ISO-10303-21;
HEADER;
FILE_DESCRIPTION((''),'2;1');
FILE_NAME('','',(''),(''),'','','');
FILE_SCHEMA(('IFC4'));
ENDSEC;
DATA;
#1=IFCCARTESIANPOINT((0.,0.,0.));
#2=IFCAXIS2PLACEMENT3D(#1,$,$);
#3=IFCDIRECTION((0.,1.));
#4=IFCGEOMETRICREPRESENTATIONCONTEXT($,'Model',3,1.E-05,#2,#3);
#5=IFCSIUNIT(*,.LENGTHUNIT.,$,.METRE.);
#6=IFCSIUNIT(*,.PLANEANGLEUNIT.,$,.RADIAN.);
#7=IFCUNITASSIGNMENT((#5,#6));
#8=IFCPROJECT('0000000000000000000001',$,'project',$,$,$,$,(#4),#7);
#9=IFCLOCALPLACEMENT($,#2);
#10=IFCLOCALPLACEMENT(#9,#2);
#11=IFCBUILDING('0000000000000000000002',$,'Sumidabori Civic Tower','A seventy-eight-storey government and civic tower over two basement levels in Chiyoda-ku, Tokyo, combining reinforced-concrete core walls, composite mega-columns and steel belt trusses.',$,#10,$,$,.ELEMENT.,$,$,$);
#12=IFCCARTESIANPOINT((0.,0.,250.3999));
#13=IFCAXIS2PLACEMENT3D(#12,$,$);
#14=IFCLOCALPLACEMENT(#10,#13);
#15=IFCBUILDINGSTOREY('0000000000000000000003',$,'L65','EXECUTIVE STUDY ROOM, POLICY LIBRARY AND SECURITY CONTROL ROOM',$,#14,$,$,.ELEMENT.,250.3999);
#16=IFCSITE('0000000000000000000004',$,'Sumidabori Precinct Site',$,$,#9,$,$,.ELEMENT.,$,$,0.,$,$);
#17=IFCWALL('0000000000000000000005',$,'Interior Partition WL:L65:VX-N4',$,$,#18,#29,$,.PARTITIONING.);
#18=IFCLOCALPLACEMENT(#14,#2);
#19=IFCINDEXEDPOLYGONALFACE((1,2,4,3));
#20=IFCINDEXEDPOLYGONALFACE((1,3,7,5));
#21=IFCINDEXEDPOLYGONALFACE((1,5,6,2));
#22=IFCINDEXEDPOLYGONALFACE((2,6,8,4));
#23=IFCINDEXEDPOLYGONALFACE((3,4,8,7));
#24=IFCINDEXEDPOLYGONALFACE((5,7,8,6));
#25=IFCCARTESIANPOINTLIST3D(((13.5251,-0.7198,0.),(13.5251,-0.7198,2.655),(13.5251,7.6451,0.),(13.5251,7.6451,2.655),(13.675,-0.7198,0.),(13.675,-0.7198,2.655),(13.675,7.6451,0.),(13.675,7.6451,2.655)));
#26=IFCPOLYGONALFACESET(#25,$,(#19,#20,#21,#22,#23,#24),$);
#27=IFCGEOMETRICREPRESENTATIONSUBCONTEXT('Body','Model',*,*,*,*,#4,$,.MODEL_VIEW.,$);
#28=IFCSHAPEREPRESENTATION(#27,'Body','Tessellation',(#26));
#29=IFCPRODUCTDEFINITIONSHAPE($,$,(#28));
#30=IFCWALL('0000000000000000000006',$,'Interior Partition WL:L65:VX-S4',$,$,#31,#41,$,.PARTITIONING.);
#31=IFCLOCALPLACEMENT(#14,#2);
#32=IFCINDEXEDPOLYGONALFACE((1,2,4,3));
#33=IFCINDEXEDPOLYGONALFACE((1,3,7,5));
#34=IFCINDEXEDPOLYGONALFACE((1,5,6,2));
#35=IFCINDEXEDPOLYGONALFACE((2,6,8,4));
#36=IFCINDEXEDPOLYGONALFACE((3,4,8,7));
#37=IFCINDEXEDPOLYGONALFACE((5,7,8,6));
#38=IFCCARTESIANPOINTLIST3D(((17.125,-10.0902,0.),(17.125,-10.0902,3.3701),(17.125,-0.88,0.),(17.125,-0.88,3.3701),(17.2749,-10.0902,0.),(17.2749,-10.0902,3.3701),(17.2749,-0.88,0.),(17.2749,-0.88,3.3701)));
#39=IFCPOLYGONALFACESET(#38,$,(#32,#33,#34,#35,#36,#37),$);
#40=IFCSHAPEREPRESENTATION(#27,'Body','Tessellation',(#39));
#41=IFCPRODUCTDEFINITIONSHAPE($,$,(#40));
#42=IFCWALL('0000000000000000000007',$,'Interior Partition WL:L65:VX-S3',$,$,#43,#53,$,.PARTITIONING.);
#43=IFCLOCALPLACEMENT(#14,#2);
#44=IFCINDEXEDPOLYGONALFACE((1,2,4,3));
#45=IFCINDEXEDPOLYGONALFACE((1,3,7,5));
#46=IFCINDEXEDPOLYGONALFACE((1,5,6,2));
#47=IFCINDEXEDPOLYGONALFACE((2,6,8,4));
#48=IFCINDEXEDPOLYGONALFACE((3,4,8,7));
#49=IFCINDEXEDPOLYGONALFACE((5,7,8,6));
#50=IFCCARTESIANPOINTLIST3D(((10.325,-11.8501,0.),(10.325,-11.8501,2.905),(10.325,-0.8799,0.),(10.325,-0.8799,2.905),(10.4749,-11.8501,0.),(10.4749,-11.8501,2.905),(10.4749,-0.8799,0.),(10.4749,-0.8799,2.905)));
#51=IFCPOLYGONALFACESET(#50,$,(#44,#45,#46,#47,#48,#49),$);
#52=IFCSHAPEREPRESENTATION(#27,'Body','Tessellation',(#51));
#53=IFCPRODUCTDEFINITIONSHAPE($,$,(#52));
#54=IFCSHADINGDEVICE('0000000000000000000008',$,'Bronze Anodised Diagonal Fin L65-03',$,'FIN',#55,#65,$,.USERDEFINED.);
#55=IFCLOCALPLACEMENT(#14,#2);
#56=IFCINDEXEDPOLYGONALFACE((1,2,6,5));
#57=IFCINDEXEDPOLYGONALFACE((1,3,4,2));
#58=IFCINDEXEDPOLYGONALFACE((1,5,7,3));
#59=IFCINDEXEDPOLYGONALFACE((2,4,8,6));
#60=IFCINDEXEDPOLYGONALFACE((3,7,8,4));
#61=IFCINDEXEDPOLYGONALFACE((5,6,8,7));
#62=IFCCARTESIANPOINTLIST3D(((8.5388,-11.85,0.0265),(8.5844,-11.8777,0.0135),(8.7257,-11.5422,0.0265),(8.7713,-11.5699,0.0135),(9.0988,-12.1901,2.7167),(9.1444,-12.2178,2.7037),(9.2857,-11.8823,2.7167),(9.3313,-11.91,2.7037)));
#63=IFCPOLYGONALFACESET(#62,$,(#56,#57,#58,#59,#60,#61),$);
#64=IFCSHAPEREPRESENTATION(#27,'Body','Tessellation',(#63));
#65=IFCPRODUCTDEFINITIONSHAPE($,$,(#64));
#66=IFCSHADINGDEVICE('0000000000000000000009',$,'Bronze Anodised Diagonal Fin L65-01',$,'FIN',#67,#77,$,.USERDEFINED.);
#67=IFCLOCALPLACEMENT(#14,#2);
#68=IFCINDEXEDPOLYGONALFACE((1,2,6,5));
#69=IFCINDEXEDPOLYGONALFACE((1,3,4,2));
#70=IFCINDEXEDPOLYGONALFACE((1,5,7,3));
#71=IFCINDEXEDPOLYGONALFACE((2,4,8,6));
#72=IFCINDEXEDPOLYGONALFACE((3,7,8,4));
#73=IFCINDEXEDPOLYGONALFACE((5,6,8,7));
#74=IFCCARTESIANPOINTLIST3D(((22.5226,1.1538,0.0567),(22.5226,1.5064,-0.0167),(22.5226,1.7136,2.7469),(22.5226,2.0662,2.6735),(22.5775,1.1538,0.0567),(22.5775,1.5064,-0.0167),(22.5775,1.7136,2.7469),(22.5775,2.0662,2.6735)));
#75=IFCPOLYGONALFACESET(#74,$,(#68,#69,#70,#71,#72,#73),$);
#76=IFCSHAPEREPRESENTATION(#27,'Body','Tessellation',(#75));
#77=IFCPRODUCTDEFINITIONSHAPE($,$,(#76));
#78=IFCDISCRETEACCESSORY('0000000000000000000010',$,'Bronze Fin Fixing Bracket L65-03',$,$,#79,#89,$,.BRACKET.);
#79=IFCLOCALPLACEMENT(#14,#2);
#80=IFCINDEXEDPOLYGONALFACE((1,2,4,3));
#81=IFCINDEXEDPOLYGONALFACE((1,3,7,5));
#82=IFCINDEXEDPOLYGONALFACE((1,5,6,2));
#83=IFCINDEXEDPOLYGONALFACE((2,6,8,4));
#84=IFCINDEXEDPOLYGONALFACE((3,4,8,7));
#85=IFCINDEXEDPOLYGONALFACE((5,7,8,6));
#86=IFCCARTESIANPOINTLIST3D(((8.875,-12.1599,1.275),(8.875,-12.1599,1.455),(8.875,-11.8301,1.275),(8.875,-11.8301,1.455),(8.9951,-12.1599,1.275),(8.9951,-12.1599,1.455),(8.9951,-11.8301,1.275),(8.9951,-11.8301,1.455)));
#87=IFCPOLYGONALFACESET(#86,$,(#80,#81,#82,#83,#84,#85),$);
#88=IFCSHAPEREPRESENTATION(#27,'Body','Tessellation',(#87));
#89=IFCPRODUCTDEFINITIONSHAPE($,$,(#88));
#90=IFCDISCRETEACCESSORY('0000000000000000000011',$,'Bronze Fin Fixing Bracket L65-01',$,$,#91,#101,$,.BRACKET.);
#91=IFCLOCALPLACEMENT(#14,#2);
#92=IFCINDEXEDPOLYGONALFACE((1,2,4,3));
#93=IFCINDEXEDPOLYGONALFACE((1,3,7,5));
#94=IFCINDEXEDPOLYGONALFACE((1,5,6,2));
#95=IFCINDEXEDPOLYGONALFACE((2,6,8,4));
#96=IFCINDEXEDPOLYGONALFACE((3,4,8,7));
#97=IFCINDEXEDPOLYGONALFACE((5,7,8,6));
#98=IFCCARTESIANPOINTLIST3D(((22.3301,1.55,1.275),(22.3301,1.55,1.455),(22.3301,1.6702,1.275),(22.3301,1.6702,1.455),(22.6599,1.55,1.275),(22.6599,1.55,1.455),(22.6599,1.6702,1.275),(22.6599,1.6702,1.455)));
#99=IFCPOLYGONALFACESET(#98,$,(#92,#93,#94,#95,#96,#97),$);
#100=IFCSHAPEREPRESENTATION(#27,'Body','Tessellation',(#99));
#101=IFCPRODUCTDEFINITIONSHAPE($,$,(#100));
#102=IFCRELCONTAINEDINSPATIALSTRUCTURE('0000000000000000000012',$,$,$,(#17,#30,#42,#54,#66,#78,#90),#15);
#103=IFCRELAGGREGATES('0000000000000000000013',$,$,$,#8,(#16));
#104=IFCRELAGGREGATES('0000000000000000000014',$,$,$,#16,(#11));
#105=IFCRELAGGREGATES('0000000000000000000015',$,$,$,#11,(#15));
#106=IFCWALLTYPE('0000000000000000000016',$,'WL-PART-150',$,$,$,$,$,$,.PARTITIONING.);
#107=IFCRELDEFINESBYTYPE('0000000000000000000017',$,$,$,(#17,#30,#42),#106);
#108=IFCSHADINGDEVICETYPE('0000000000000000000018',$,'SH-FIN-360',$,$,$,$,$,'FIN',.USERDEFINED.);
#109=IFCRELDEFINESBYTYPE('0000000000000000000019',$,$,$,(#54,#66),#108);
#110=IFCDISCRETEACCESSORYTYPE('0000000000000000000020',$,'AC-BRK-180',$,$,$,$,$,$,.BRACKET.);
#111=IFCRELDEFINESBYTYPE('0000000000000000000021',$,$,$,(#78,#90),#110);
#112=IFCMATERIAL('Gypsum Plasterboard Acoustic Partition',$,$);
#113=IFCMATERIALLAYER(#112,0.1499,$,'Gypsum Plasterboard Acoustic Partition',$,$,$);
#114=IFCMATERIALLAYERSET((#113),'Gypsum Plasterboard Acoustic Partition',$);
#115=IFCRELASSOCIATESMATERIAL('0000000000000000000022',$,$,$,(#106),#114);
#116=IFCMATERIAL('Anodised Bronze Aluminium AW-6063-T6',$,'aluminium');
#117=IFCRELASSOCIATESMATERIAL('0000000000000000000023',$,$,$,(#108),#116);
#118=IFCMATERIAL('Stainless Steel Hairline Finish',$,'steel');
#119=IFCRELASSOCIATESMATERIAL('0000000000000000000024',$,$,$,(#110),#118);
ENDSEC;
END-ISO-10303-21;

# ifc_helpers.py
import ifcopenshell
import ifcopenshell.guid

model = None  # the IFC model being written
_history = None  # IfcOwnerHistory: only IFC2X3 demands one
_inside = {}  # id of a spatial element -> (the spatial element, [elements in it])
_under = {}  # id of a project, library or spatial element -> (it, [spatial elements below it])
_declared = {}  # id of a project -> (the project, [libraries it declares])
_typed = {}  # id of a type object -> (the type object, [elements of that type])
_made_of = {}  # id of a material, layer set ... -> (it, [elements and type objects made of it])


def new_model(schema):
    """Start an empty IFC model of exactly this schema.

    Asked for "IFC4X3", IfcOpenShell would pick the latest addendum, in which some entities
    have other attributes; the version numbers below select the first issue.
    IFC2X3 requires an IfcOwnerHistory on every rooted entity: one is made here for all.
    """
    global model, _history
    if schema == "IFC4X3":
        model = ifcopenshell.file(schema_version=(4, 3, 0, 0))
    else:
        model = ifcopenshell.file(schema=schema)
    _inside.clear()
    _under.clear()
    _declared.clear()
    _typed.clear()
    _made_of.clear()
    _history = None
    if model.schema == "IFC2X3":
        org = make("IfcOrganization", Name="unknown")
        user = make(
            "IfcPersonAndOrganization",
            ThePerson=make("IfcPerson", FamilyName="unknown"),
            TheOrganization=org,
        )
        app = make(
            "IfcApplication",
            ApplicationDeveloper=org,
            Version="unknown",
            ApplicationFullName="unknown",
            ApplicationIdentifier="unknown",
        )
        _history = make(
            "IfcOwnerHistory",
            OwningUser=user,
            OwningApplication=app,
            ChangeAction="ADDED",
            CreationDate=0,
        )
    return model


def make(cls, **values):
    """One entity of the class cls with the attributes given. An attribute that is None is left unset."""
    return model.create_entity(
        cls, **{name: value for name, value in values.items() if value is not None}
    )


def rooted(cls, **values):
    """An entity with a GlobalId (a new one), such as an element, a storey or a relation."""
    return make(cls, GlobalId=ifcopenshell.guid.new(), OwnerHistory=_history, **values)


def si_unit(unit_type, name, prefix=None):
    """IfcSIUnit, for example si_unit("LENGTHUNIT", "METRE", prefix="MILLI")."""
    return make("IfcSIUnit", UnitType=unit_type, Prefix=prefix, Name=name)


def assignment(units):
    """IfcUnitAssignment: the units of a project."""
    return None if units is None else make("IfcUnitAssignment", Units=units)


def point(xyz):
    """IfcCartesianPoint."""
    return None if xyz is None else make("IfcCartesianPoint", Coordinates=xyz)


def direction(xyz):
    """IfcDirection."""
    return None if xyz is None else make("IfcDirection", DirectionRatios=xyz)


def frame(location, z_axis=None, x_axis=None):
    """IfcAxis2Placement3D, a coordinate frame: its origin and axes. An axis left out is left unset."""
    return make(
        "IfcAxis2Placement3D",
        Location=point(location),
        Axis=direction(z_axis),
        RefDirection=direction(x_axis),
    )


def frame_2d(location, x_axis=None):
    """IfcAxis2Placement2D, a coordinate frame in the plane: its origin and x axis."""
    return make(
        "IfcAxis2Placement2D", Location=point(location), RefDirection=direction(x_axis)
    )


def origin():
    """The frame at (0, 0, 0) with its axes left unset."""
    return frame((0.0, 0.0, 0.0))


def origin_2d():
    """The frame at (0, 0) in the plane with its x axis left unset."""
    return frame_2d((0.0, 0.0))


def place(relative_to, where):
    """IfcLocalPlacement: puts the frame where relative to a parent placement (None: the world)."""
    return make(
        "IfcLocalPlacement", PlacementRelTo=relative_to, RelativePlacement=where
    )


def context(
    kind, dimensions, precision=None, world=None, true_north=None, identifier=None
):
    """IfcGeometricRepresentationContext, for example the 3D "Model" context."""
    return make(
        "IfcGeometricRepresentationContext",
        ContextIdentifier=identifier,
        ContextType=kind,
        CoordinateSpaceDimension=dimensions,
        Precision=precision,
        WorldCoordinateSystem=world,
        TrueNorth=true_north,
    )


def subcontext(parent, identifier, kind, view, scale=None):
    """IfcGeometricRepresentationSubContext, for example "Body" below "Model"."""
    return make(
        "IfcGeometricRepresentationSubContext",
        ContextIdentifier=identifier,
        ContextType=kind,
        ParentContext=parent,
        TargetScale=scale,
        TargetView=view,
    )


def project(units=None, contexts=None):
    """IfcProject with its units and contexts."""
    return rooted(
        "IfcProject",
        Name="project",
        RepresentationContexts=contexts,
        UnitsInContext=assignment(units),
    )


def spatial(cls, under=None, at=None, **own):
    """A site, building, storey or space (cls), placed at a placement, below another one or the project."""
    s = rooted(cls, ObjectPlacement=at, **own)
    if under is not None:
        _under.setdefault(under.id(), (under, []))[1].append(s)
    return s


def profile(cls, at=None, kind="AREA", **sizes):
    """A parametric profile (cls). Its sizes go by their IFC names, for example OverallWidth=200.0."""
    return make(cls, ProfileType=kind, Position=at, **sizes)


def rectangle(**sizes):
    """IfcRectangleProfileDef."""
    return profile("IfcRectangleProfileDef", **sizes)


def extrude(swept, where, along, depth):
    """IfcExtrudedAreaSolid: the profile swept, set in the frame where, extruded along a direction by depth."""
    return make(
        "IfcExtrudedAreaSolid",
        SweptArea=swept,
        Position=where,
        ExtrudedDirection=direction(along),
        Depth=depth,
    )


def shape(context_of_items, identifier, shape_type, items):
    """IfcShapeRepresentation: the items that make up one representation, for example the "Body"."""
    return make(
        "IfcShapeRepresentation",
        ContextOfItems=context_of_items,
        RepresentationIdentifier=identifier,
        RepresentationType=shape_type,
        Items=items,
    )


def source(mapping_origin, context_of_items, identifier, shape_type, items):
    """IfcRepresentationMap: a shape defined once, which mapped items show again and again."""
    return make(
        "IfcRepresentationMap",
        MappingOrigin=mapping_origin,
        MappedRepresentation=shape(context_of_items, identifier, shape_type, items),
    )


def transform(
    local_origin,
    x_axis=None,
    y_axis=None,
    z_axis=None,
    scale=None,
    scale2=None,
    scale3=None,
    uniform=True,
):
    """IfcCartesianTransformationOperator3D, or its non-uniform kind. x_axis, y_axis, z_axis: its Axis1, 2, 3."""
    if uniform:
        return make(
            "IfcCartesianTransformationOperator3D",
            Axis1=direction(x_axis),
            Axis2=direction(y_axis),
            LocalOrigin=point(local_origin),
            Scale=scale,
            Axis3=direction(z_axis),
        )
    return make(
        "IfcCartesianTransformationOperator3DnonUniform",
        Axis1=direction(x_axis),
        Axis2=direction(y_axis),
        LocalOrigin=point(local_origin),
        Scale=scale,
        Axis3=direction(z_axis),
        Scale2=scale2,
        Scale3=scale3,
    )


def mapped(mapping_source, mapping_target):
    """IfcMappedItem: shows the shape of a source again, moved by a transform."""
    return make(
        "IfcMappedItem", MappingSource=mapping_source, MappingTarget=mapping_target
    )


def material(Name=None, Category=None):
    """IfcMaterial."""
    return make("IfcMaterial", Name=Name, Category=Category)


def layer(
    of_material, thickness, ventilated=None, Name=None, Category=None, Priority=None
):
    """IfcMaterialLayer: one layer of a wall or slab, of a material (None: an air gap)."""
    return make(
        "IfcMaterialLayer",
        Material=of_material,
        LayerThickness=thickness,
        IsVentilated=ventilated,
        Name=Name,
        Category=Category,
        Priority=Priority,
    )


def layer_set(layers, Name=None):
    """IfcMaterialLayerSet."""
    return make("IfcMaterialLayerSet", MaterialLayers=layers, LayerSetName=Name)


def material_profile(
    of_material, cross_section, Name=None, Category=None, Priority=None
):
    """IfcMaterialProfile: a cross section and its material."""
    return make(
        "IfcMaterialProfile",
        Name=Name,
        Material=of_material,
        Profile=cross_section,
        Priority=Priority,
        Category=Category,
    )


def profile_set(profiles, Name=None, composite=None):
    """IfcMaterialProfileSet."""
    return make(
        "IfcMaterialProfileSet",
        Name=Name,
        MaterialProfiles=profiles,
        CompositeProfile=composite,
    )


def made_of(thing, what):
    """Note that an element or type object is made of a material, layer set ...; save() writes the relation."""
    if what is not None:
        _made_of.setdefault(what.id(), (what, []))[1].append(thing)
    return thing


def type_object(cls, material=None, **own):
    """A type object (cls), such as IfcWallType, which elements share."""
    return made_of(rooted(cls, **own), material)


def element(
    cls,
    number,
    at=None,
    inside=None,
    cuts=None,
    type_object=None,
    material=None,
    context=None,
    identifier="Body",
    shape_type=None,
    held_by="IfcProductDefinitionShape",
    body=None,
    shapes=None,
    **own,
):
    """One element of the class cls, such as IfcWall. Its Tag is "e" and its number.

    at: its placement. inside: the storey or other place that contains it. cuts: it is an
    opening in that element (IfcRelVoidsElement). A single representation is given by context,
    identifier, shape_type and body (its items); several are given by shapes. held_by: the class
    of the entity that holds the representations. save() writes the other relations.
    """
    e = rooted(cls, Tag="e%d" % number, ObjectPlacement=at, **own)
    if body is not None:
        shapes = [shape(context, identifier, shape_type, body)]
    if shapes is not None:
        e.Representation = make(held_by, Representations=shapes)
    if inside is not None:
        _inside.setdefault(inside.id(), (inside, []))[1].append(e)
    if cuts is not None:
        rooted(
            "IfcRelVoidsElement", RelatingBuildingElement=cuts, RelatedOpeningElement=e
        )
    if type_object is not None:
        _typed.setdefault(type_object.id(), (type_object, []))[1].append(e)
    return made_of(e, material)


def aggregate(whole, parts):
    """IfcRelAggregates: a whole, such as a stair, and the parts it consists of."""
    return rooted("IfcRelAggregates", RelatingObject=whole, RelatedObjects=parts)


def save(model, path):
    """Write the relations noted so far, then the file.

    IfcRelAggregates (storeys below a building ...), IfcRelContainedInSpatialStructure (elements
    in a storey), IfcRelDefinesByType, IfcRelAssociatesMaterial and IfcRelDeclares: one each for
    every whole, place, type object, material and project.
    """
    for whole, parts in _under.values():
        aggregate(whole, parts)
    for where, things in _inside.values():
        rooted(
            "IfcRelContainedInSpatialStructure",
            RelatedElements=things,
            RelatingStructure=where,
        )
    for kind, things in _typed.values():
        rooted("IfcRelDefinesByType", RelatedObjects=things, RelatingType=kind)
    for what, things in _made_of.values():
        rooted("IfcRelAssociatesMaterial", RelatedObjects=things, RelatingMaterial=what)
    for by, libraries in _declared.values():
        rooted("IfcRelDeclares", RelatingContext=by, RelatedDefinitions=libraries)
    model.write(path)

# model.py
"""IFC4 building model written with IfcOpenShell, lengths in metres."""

from ifc_helpers import new_model, si_unit, direction, frame, frame_2d, origin, origin_2d, place, context, subcontext, project, spatial, rectangle, extrude, source, transform, mapped, material, layer, layer_set, material_profile, profile_set, type_object, element, save


model = new_model("IFC4")

# Units and contexts
model_context = context("Model", 3, precision=1e-05, world=origin(), true_north=direction((0.0, 1.0)))
body_context = subcontext(model_context, "Body", "Model", "MODEL_VIEW")
ifc_project = project(units=[si_unit("LENGTHUNIT", "METRE"), si_unit("PLANEANGLEUNIT", "RADIAN")], contexts=[model_context])

# Site, building, storey
site_placement = place(None, origin())
site = spatial("IfcSite", under=ifc_project, at=site_placement, Name="Sumidabori Precinct Site", CompositionType="ELEMENT", RefElevation=0.0)
building_placement = place(site_placement, origin())
building = spatial("IfcBuilding", under=site, at=building_placement, Name="Sumidabori Civic Tower", Description="A seventy-eight-storey government and civic tower over two basement levels in Chiyoda-ku, Tokyo, combining reinforced-concrete core walls, composite mega-columns and steel belt trusses.", CompositionType="ELEMENT")
storey_placement = place(building_placement, frame((0.0, 0.0, 250.3999)))
storey = spatial("IfcBuildingStorey", under=building, at=storey_placement, Name="L65", Description="EXECUTIVE STUDY ROOM, POLICY LIBRARY AND SECURITY CONTROL ROOM", CompositionType="ELEMENT", Elevation=250.3999)

# Shared definitions
ifc_material_1 = material(Name="Anodised Bronze Aluminium AW-6063-T6", Category="aluminium")

# Walls
ifc_material_2 = material(Name="Gypsum Plasterboard Acoustic Partition")
ifc_layer_1 = layer(ifc_material_2, 0.1499, Name="Gypsum Plasterboard Acoustic Partition")
ifc_layer_set_1 = layer_set([ifc_layer_1], Name="Gypsum Plasterboard Acoustic Partition")
wall_type_1 = type_object("IfcWallType", Name="WL-PART-150", PredefinedType="PARTITIONING", material=ifc_layer_set_1)
shared_shape_1 = source(origin(), body_context, "Body", "SweptSolid", [
    extrude(rectangle(XDim=8.365, YDim=0.1499, at=frame_2d((4.1826, 0.0))), origin(), (0.0, 0.0, 1.0), 2.655),
])
wall_1_placement = place(storey_placement, frame((13.6001, -0.72, 0.0), z_axis=(0.0, 0.0, 1.0), x_axis=(0.0, 1.0, 0.0)))
element("IfcWall", 1, at=wall_1_placement, inside=storey, type_object=wall_type_1, Name="Interior Partition WL:L65:VX-N4", PredefinedType="PARTITIONING", context=body_context, shape_type="MappedRepresentation", body=[
    mapped(shared_shape_1, transform((0.0, 0.0, 0.0), x_axis=(1.0, 0.0, 0.0), y_axis=(0.0, 1.0, 0.0), z_axis=(0.0, 0.0, 1.0), scale=1.0)),
])
shared_shape_2 = source(origin(), body_context, "Body", "SweptSolid", [
    extrude(rectangle(XDim=9.2102, YDim=0.1499, at=frame_2d((4.605, 0.0))), origin(), (0.0, 0.0, 1.0), 3.3701),
])
wall_2_placement = place(storey_placement, frame((17.2, -10.0901, 0.0), z_axis=(0.0, 0.0, 1.0), x_axis=(0.0, 1.0, 0.0)))
element("IfcWall", 2, at=wall_2_placement, inside=storey, type_object=wall_type_1, Name="Interior Partition WL:L65:VX-S4", PredefinedType="PARTITIONING", context=body_context, shape_type="MappedRepresentation", body=[
    mapped(shared_shape_2, transform((0.0, 0.0, 0.0), x_axis=(1.0, 0.0, 0.0), y_axis=(0.0, 1.0, 0.0), z_axis=(0.0, 0.0, 1.0), scale=1.0)),
])
shared_shape_3 = source(origin(), body_context, "Body", "SweptSolid", [
    extrude(rectangle(XDim=10.9702, YDim=0.1499, at=frame_2d((5.4851, 0.0))), origin(), (0.0, 0.0, 1.0), 2.905),
])
wall_3_placement = place(storey_placement, frame((10.3999, -11.8501, 0.0), z_axis=(0.0, 0.0, 1.0), x_axis=(0.0, 1.0, 0.0)))
element("IfcWall", 3, at=wall_3_placement, inside=storey, type_object=wall_type_1, Name="Interior Partition WL:L65:VX-S3", PredefinedType="PARTITIONING", context=body_context, shape_type="MappedRepresentation", body=[
    mapped(shared_shape_3, transform((0.0, 0.0, 0.0), x_axis=(1.0, 0.0, 0.0), y_axis=(0.0, 1.0, 0.0), z_axis=(0.0, 0.0, 1.0), scale=1.0)),
])

# Shading devices
ifc_material_profile_1 = material_profile(ifc_material_1, rectangle(XDim=0.0549, YDim=0.3601, at=origin_2d()), Name="BRONZE FIN 360x55")
ifc_profile_set_1 = profile_set([ifc_material_profile_1], Name="Anodised Bronze Aluminium AW-6063-T6")
shading_device_type = type_object("IfcShadingDeviceType", Name="SH-FIN-360", ElementType="FIN", PredefinedType="USERDEFINED", material=ifc_profile_set_1)
shared_shape_4 = source(origin(), body_context, "Body", "SweptSolid", [
    extrude(rectangle(XDim=0.0549, YDim=0.3601, at=origin_2d()), origin(), (0.0, 0.0, 1.0), 2.7688),
])
shading_device_1_placement = place(storey_placement, frame((8.655, -11.71, 0.02), z_axis=(0.202273, -0.122827, 0.971596), x_axis=(0.830474, -0.504294, -0.236645)))
element("IfcShadingDevice", 4, at=shading_device_1_placement, inside=storey, type_object=shading_device_type, Name="Bronze Anodised Diagonal Fin L65-03", ObjectType="FIN", PredefinedType="USERDEFINED", context=body_context, shape_type="MappedRepresentation", body=[
    mapped(shared_shape_4, transform((0.0, 0.0, 0.0), x_axis=(1.0, 0.0, 0.0), y_axis=(0.0, 1.0, 0.0), z_axis=(0.0, 0.0, 1.0), scale=1.0)),
])
shared_shape_5 = source(origin(), body_context, "Body", "SweptSolid", [
    extrude(rectangle(XDim=0.0549, YDim=0.3601, at=origin_2d()), origin(), (0.0, 0.0, 1.0), 2.7478),
])
shading_device_2_placement = place(storey_placement, frame((22.55, 1.3301, 0.02), z_axis=(0.0, 0.203731, 0.979027), x_axis=(-1.0, 0.0, 0.0)))
element("IfcShadingDevice", 5, at=shading_device_2_placement, inside=storey, type_object=shading_device_type, Name="Bronze Anodised Diagonal Fin L65-01", ObjectType="FIN", PredefinedType="USERDEFINED", context=body_context, shape_type="MappedRepresentation", body=[
    mapped(shared_shape_5, transform((0.0, 0.0, 0.0), x_axis=(1.0, 0.0, 0.0), y_axis=(0.0, 1.0, 0.0), z_axis=(0.0, 0.0, 1.0), scale=1.0)),
])

# Discrete accessories
ifc_material_3 = material(Name="Stainless Steel Hairline Finish", Category="steel")
ifc_material_profile_2 = material_profile(ifc_material_3, rectangle(XDim=0.1201, YDim=0.1799, at=origin_2d()), Name="STEEL BRACKET 180x120")
ifc_profile_set_2 = profile_set([ifc_material_profile_2], Name="Stainless Steel Hairline Finish")
discrete_accessory_type = type_object("IfcDiscreteAccessoryType", Name="AC-BRK-180", PredefinedType="BRACKET", material=ifc_profile_set_2)
shared_shape_6 = source(origin(), body_context, "Body", "SweptSolid", [
    extrude(rectangle(XDim=0.1201, YDim=0.1799, at=origin_2d()), origin(), (0.0, 0.0, 1.0), 0.3298),
])
for number, where, z_axis, x_axis, name in (
    (6, (8.9351, -11.8301, 1.365), (0.0, -1.0, 0.0), (1.0, 0.0, 0.0), "Bronze Fin Fixing Bracket L65-03"),
    (7, (22.3301, 1.6101, 1.365), (1.0, 0.0, 0.0), (0.0, 1.0, 0.0), "Bronze Fin Fixing Bracket L65-01"),
):
    element("IfcDiscreteAccessory", number, at=place(storey_placement, frame(where, z_axis=z_axis, x_axis=x_axis)), inside=storey, type_object=discrete_accessory_type, Name=name, PredefinedType="BRACKET", context=body_context, shape_type="MappedRepresentation", body=[
        mapped(shared_shape_6, transform((0.0, 0.0, 0.0), x_axis=(1.0, 0.0, 0.0), y_axis=(0.0, 1.0, 0.0), z_axis=(0.0, 0.0, 1.0), scale=1.0)),
    ])

save(model, "model.ifc")
